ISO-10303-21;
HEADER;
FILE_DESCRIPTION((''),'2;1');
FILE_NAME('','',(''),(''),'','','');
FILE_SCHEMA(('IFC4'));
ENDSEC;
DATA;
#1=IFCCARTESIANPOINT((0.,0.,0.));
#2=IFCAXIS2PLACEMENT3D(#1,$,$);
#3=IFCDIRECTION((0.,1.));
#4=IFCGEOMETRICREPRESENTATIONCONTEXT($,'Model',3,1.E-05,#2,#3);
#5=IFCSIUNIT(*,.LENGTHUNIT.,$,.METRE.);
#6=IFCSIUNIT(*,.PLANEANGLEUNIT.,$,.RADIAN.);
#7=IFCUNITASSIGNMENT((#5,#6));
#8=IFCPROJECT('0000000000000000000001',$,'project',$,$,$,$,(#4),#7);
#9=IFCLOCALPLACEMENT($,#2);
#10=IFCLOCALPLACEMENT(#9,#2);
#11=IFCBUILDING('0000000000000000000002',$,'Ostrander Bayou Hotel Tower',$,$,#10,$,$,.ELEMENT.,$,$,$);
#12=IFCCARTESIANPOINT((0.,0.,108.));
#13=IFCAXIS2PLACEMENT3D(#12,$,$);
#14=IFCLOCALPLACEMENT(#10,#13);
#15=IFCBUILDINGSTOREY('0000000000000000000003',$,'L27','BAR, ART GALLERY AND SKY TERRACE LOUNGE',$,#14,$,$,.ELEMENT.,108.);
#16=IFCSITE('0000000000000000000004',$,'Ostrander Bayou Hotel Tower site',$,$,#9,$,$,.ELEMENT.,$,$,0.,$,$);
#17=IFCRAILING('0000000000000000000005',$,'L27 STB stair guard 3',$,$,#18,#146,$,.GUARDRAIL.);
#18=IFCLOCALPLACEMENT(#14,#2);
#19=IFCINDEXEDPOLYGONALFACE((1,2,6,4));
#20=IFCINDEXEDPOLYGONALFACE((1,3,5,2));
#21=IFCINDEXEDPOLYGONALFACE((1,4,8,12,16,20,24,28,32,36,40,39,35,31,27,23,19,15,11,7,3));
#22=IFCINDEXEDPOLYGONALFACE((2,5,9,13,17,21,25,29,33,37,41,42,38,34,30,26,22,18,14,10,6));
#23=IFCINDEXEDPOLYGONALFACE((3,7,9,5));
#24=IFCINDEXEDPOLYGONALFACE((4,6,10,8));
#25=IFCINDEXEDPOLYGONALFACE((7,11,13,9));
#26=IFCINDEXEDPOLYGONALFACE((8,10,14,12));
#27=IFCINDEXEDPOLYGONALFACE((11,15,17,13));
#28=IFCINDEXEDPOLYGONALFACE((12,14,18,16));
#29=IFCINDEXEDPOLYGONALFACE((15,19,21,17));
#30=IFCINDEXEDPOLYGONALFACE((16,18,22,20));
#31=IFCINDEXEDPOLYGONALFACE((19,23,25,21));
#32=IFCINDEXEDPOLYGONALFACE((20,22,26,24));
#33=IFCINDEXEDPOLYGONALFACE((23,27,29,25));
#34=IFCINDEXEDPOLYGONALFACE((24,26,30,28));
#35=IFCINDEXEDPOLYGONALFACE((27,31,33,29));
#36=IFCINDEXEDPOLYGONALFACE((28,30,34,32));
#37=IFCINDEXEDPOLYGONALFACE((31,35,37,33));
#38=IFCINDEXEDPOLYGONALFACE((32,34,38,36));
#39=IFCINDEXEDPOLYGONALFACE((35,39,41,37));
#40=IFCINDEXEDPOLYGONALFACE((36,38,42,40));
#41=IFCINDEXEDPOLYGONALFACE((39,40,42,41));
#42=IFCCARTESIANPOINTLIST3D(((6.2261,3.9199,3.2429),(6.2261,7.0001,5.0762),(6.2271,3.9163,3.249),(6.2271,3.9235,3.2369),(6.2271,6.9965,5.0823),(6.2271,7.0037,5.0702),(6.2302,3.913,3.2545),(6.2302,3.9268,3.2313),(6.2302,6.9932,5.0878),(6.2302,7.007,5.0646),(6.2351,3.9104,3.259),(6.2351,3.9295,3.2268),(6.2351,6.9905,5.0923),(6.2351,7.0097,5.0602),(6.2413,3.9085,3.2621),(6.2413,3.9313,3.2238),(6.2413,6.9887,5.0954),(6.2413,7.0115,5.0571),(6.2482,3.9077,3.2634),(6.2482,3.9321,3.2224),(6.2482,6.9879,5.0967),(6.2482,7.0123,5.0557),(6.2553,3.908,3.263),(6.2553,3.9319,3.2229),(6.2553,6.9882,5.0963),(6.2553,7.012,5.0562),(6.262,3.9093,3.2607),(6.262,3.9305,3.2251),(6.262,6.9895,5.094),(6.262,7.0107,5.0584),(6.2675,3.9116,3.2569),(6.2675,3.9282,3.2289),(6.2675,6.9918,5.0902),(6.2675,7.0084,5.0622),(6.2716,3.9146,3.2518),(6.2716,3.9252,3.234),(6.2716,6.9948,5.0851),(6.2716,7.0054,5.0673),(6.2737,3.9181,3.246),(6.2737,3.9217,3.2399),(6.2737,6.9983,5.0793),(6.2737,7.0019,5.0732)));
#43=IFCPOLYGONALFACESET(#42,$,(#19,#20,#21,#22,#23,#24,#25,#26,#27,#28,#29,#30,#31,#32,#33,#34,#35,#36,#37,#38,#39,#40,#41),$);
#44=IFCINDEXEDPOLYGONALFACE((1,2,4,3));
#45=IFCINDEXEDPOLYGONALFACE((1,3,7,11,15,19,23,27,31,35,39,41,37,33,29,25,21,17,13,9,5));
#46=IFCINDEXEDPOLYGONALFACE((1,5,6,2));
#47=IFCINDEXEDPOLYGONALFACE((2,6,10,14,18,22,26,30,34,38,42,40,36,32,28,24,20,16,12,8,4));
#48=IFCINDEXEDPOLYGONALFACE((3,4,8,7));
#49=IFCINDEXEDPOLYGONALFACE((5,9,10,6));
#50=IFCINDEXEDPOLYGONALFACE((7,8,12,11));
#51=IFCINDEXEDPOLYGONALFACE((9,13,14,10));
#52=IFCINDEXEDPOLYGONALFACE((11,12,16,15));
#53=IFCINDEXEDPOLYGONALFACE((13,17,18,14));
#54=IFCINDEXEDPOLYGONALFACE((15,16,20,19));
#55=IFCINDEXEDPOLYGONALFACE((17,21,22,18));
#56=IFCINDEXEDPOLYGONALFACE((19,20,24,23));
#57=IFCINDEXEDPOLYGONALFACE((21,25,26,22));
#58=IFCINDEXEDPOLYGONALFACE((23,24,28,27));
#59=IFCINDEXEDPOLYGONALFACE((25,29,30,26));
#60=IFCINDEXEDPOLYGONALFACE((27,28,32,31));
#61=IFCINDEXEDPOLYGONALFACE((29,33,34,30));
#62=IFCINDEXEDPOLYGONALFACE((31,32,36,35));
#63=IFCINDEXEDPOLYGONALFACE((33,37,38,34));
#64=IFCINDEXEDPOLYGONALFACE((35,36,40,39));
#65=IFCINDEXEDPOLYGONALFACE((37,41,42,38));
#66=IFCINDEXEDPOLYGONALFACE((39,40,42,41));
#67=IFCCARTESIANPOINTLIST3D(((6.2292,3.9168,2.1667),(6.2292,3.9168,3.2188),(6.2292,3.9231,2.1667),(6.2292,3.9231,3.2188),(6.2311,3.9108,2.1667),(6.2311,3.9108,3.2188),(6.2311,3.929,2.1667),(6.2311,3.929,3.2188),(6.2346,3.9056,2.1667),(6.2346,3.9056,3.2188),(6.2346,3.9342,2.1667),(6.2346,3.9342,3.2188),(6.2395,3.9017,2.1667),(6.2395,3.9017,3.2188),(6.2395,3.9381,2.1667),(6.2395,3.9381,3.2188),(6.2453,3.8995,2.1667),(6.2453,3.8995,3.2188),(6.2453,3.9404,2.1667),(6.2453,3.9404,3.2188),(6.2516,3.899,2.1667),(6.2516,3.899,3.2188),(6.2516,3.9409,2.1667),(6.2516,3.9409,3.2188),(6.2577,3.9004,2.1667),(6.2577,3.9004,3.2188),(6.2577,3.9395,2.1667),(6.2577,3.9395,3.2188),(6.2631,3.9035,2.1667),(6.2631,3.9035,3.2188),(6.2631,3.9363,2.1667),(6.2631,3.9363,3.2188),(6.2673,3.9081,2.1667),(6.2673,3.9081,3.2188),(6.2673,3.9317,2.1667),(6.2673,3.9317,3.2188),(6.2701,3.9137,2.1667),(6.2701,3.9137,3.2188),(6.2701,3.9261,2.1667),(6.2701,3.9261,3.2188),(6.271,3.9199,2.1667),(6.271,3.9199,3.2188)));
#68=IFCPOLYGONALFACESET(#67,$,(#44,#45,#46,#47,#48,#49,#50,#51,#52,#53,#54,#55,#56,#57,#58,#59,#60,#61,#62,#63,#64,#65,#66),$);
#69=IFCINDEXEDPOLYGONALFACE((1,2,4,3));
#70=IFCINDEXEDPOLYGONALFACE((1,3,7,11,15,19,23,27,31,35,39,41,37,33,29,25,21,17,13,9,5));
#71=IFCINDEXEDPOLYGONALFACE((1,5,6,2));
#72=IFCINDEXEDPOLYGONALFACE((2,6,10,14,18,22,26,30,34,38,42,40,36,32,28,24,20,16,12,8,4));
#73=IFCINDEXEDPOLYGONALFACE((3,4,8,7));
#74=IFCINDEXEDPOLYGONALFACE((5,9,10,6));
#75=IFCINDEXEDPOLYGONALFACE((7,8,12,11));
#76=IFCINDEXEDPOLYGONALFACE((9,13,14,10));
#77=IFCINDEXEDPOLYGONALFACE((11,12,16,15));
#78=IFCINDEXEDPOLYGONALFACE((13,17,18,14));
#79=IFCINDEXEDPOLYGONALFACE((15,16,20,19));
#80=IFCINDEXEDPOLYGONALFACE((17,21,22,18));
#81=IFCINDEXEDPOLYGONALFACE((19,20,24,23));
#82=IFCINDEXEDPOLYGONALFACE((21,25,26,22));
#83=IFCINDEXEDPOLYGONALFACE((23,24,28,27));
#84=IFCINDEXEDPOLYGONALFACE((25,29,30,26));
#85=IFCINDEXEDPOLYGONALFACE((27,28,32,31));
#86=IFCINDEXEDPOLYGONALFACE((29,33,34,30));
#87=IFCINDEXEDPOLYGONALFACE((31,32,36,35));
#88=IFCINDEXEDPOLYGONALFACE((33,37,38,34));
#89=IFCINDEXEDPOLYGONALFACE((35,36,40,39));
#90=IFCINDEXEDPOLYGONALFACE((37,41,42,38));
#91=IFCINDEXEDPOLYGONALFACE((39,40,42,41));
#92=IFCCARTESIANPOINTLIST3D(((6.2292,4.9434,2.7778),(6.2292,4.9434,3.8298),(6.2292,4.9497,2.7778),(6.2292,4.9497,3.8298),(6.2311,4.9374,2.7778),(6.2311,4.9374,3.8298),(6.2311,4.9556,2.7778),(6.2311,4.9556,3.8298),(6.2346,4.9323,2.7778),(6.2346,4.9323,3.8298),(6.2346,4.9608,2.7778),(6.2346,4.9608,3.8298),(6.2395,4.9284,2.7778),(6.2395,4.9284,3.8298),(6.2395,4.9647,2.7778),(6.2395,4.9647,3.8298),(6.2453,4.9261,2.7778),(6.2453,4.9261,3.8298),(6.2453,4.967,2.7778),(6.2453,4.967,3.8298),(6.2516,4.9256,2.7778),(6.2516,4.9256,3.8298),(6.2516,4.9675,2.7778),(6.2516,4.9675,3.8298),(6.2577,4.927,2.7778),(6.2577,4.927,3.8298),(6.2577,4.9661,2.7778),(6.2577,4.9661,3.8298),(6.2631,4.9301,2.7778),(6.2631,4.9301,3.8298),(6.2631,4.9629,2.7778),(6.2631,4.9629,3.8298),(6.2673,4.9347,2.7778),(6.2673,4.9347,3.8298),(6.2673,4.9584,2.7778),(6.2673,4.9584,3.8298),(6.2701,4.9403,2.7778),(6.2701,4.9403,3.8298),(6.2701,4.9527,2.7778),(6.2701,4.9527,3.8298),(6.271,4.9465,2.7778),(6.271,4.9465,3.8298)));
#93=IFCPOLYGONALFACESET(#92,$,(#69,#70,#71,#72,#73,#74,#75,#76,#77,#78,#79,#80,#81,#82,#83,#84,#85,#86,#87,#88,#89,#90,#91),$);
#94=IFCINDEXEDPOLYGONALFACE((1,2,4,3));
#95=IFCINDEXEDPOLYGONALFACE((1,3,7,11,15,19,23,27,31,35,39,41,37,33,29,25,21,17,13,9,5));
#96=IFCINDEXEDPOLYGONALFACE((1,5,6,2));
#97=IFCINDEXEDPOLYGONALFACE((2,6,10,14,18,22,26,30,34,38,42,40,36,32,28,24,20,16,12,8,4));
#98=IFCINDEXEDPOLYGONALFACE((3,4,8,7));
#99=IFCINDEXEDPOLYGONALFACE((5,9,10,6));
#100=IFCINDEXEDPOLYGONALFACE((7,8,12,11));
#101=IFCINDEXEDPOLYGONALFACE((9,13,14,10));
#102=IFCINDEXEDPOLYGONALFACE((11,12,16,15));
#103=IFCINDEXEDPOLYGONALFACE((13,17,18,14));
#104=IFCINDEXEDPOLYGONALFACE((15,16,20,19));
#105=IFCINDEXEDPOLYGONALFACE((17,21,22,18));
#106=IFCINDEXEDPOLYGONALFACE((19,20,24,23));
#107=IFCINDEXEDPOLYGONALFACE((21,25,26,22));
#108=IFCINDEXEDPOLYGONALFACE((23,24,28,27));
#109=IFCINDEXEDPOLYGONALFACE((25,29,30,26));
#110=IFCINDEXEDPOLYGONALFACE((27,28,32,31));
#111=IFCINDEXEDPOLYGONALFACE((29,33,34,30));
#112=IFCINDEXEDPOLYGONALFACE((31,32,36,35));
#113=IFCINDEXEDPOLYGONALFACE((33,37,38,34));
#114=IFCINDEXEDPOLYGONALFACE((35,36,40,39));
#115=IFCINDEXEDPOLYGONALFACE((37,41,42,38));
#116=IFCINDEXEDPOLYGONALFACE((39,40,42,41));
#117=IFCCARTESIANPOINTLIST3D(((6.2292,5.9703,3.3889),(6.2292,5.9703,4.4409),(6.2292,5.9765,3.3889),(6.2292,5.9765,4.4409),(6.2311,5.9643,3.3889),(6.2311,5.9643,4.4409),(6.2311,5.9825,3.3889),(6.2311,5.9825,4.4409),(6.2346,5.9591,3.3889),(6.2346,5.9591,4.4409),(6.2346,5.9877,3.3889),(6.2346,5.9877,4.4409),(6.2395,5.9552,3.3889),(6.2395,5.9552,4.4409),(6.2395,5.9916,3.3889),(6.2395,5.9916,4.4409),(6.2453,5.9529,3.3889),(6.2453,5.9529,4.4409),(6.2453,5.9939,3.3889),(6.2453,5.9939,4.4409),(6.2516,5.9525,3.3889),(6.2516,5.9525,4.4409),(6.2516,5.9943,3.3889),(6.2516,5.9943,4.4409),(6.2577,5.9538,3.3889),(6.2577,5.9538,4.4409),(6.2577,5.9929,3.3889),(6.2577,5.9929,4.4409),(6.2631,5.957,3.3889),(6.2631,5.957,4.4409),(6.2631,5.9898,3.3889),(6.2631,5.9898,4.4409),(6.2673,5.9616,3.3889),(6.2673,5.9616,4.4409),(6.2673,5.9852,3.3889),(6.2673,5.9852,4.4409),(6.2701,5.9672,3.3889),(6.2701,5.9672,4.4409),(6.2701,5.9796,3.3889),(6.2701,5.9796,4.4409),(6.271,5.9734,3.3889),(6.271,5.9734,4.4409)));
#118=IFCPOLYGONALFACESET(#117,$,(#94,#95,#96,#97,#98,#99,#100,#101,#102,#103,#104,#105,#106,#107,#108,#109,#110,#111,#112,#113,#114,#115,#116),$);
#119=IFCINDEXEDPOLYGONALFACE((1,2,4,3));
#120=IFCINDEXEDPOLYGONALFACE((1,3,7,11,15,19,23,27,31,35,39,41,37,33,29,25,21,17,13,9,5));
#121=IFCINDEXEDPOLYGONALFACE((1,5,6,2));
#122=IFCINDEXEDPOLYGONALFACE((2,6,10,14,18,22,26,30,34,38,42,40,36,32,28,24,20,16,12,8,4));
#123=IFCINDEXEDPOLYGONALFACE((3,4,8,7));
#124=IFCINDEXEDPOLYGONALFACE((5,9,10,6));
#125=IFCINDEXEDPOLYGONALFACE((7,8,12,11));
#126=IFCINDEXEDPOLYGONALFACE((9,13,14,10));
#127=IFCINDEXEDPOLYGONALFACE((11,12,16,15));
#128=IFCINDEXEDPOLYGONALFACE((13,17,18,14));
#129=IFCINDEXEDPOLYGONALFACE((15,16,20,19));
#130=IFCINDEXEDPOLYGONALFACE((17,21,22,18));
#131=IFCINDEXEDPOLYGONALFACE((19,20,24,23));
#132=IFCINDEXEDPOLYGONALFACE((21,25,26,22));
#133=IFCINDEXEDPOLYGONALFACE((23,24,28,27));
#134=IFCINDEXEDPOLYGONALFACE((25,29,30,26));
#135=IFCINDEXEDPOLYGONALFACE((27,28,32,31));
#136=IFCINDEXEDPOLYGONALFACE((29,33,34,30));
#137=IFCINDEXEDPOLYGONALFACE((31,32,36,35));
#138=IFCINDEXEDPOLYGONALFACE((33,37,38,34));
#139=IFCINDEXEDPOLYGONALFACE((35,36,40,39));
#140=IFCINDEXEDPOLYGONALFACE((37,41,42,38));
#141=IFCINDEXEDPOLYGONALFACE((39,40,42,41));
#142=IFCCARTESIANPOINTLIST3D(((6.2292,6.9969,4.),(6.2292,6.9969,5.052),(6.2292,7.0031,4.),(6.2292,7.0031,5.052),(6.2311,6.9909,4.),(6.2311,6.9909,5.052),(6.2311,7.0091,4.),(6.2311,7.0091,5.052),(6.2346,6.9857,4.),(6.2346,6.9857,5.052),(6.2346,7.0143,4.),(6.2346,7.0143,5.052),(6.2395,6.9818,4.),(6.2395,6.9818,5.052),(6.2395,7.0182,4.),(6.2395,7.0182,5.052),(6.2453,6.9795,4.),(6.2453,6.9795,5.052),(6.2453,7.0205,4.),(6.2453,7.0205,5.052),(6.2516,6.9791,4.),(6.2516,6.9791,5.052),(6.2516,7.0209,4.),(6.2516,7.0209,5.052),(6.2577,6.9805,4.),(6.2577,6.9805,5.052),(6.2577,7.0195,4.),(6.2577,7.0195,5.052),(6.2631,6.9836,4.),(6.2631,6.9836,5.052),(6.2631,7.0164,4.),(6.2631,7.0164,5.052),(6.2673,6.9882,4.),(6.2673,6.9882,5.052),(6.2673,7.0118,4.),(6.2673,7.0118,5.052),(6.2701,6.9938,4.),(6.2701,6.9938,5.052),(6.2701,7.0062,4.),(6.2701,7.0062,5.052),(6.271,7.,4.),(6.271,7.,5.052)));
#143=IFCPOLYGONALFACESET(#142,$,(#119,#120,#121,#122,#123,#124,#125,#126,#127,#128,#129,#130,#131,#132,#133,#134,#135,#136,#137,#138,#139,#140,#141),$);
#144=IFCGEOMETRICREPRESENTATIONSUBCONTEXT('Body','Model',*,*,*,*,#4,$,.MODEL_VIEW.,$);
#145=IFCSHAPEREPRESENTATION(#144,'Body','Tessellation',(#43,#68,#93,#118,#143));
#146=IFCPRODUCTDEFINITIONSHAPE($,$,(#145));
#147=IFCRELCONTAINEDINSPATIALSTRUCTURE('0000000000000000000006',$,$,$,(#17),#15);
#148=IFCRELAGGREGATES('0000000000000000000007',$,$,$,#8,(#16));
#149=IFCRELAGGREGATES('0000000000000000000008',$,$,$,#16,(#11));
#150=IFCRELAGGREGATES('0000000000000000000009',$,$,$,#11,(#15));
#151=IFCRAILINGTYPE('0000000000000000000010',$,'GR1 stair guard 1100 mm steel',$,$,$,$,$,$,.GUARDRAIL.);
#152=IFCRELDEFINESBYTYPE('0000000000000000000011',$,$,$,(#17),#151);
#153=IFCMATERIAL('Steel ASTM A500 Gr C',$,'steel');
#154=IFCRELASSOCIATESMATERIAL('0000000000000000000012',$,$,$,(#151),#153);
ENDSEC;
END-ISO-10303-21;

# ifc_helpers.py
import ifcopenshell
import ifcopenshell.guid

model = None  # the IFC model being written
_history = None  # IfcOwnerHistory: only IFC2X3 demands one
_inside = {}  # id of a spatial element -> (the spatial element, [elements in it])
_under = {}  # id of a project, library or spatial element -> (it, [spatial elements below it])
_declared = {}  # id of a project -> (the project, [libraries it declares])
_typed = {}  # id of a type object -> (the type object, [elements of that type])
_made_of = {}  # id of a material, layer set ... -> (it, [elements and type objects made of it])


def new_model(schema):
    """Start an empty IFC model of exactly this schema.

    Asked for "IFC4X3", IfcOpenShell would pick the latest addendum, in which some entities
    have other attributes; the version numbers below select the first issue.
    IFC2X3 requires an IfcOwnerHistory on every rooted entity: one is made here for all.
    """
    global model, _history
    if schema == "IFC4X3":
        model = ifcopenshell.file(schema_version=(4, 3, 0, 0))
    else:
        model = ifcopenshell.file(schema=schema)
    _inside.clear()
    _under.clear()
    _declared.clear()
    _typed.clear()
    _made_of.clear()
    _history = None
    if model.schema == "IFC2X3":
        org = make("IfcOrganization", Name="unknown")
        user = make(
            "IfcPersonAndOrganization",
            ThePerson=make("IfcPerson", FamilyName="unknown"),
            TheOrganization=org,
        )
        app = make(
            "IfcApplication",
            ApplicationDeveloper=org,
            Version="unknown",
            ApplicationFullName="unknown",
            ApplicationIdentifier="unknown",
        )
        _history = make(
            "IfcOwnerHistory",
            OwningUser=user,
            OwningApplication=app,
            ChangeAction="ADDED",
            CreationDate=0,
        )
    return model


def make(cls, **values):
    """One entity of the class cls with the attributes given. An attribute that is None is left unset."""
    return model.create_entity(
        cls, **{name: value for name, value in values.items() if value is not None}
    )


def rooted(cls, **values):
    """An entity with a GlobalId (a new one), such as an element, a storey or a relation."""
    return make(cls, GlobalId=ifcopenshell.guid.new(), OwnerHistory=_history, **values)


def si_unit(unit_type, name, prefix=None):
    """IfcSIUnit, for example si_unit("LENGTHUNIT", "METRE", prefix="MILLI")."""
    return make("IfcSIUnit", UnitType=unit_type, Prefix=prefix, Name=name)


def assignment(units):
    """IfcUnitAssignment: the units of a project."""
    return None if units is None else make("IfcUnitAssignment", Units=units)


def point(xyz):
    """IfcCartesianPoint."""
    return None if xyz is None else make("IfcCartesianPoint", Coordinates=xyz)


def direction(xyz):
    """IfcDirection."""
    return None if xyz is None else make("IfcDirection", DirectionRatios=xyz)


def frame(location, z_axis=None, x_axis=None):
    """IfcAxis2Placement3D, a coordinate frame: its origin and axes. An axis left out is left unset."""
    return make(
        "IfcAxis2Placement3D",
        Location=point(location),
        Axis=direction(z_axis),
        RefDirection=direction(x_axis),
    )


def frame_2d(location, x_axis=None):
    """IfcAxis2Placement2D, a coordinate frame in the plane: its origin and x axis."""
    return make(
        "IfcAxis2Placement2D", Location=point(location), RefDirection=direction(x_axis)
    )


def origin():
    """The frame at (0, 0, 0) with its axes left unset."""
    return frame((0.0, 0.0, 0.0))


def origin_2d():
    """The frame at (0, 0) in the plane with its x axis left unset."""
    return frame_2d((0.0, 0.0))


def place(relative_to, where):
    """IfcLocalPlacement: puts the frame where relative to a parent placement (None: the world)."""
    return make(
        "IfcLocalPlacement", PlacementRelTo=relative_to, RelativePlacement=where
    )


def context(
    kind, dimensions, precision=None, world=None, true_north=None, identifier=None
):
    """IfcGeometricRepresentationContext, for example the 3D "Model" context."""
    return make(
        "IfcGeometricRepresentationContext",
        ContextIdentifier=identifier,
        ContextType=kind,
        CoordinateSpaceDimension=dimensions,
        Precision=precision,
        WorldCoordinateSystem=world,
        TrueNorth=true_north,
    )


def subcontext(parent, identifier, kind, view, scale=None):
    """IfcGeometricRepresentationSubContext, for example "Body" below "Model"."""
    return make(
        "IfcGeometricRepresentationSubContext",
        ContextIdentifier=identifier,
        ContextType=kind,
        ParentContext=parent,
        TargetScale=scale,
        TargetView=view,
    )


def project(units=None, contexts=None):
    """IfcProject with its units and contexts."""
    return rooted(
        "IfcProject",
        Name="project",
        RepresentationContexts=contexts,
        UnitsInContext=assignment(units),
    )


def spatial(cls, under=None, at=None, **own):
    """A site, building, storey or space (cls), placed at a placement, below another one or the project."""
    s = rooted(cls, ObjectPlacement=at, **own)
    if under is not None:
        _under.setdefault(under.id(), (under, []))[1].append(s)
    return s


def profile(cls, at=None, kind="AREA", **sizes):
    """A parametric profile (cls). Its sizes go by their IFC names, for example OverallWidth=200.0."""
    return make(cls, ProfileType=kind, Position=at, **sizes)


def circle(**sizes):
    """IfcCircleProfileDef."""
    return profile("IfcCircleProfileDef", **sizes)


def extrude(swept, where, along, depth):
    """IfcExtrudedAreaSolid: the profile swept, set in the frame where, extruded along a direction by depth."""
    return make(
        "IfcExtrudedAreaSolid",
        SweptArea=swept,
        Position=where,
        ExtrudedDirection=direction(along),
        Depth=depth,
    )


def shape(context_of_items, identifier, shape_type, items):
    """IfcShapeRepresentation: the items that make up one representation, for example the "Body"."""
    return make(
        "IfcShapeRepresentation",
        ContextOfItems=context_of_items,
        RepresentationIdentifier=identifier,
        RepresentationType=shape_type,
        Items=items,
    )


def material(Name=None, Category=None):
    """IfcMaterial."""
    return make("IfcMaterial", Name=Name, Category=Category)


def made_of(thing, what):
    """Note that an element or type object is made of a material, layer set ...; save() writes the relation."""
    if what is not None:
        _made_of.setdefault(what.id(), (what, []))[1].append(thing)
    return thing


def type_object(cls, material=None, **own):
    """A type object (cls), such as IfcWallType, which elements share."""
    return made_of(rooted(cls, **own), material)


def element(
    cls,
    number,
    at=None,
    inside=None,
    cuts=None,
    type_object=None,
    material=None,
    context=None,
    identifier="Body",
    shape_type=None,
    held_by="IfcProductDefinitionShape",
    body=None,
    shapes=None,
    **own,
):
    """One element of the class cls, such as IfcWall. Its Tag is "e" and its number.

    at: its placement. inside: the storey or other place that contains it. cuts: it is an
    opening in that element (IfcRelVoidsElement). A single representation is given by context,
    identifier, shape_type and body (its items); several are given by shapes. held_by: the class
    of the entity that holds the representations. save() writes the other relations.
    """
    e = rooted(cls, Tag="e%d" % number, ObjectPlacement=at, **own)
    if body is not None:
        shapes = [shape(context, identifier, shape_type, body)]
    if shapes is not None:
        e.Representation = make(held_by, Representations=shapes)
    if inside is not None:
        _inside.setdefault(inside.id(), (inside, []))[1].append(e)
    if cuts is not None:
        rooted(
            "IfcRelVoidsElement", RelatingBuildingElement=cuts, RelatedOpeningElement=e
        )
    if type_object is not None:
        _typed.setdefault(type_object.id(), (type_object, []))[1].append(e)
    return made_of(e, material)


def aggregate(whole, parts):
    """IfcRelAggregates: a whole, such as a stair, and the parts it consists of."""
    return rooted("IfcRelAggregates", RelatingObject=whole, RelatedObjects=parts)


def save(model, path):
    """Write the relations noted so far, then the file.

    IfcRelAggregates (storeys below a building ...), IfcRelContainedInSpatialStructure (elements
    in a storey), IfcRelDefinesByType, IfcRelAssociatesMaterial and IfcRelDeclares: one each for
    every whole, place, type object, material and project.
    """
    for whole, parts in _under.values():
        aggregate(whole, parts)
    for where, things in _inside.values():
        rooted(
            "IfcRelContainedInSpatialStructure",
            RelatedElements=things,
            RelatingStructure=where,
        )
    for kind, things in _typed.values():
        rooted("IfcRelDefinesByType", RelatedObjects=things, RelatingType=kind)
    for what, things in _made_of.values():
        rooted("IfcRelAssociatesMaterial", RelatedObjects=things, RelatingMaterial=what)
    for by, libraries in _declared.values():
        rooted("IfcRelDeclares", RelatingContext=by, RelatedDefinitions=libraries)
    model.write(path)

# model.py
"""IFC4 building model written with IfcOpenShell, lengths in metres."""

from ifc_helpers import new_model, si_unit, direction, frame, origin, origin_2d, place, context, subcontext, project, spatial, circle, extrude, material, type_object, element, save


model = new_model("IFC4")

# Units and contexts
model_context = context("Model", 3, precision=1e-05, world=origin(), true_north=direction((0.0, 1.0)))
body_context = subcontext(model_context, "Body", "Model", "MODEL_VIEW")
ifc_project = project(units=[si_unit("LENGTHUNIT", "METRE"), si_unit("PLANEANGLEUNIT", "RADIAN")], contexts=[model_context])

# Site, building, storey
site_placement = place(None, origin())
site = spatial("IfcSite", under=ifc_project, at=site_placement, Name="Ostrander Bayou Hotel Tower site", CompositionType="ELEMENT", RefElevation=0.0)
building_placement = place(site_placement, origin())
building = spatial("IfcBuilding", under=site, at=building_placement, Name="Ostrander Bayou Hotel Tower", CompositionType="ELEMENT")
storey_placement = place(building_placement, frame((0.0, 0.0, 108.0)))
storey = spatial("IfcBuildingStorey", under=building, at=storey_placement, Name="L27", Description="BAR, ART GALLERY AND SKY TERRACE LOUNGE", CompositionType="ELEMENT", Elevation=108.0)

# Railing
ifc_material_1 = material(Name="Steel ASTM A500 Gr C", Category="steel")
railing_type_1 = type_object("IfcRailingType", Name="GR1 stair guard 1100 mm steel", PredefinedType="GUARDRAIL", material=ifc_material_1)
railing_1_placement = place(storey_placement, frame((6.25, 3.9199, 2.1667)))
element("IfcRailing", 1, at=railing_1_placement, inside=storey, type_object=railing_type_1, Name="L27 STB stair guard 3", PredefinedType="GUARDRAIL", context=body_context, shape_type="SweptSolid", body=[
    extrude(circle(Radius=0.0239, at=origin_2d()), frame((0.0, 0.0, 1.0762), z_axis=(0.0, 0.859309, 0.511458), x_axis=(-1.0, 0.0, 0.0)), (0.0, 0.0, 1.0), 3.5845),
    extrude(circle(Radius=0.021, at=origin_2d()), origin(), (0.0, 0.0, 1.0), 1.052),
    extrude(circle(Radius=0.021, at=origin_2d()), frame((0.0, 1.0266, 0.6111)), (0.0, 0.0, 1.0), 1.052),
    extrude(circle(Radius=0.021, at=origin_2d()), frame((0.0, 2.0535, 1.2222)), (0.0, 0.0, 1.0), 1.052),
    extrude(circle(Radius=0.021, at=origin_2d()), frame((0.0, 3.0801, 1.8333)), (0.0, 0.0, 1.0), 1.052),
])

save(model, "model.ifc")
